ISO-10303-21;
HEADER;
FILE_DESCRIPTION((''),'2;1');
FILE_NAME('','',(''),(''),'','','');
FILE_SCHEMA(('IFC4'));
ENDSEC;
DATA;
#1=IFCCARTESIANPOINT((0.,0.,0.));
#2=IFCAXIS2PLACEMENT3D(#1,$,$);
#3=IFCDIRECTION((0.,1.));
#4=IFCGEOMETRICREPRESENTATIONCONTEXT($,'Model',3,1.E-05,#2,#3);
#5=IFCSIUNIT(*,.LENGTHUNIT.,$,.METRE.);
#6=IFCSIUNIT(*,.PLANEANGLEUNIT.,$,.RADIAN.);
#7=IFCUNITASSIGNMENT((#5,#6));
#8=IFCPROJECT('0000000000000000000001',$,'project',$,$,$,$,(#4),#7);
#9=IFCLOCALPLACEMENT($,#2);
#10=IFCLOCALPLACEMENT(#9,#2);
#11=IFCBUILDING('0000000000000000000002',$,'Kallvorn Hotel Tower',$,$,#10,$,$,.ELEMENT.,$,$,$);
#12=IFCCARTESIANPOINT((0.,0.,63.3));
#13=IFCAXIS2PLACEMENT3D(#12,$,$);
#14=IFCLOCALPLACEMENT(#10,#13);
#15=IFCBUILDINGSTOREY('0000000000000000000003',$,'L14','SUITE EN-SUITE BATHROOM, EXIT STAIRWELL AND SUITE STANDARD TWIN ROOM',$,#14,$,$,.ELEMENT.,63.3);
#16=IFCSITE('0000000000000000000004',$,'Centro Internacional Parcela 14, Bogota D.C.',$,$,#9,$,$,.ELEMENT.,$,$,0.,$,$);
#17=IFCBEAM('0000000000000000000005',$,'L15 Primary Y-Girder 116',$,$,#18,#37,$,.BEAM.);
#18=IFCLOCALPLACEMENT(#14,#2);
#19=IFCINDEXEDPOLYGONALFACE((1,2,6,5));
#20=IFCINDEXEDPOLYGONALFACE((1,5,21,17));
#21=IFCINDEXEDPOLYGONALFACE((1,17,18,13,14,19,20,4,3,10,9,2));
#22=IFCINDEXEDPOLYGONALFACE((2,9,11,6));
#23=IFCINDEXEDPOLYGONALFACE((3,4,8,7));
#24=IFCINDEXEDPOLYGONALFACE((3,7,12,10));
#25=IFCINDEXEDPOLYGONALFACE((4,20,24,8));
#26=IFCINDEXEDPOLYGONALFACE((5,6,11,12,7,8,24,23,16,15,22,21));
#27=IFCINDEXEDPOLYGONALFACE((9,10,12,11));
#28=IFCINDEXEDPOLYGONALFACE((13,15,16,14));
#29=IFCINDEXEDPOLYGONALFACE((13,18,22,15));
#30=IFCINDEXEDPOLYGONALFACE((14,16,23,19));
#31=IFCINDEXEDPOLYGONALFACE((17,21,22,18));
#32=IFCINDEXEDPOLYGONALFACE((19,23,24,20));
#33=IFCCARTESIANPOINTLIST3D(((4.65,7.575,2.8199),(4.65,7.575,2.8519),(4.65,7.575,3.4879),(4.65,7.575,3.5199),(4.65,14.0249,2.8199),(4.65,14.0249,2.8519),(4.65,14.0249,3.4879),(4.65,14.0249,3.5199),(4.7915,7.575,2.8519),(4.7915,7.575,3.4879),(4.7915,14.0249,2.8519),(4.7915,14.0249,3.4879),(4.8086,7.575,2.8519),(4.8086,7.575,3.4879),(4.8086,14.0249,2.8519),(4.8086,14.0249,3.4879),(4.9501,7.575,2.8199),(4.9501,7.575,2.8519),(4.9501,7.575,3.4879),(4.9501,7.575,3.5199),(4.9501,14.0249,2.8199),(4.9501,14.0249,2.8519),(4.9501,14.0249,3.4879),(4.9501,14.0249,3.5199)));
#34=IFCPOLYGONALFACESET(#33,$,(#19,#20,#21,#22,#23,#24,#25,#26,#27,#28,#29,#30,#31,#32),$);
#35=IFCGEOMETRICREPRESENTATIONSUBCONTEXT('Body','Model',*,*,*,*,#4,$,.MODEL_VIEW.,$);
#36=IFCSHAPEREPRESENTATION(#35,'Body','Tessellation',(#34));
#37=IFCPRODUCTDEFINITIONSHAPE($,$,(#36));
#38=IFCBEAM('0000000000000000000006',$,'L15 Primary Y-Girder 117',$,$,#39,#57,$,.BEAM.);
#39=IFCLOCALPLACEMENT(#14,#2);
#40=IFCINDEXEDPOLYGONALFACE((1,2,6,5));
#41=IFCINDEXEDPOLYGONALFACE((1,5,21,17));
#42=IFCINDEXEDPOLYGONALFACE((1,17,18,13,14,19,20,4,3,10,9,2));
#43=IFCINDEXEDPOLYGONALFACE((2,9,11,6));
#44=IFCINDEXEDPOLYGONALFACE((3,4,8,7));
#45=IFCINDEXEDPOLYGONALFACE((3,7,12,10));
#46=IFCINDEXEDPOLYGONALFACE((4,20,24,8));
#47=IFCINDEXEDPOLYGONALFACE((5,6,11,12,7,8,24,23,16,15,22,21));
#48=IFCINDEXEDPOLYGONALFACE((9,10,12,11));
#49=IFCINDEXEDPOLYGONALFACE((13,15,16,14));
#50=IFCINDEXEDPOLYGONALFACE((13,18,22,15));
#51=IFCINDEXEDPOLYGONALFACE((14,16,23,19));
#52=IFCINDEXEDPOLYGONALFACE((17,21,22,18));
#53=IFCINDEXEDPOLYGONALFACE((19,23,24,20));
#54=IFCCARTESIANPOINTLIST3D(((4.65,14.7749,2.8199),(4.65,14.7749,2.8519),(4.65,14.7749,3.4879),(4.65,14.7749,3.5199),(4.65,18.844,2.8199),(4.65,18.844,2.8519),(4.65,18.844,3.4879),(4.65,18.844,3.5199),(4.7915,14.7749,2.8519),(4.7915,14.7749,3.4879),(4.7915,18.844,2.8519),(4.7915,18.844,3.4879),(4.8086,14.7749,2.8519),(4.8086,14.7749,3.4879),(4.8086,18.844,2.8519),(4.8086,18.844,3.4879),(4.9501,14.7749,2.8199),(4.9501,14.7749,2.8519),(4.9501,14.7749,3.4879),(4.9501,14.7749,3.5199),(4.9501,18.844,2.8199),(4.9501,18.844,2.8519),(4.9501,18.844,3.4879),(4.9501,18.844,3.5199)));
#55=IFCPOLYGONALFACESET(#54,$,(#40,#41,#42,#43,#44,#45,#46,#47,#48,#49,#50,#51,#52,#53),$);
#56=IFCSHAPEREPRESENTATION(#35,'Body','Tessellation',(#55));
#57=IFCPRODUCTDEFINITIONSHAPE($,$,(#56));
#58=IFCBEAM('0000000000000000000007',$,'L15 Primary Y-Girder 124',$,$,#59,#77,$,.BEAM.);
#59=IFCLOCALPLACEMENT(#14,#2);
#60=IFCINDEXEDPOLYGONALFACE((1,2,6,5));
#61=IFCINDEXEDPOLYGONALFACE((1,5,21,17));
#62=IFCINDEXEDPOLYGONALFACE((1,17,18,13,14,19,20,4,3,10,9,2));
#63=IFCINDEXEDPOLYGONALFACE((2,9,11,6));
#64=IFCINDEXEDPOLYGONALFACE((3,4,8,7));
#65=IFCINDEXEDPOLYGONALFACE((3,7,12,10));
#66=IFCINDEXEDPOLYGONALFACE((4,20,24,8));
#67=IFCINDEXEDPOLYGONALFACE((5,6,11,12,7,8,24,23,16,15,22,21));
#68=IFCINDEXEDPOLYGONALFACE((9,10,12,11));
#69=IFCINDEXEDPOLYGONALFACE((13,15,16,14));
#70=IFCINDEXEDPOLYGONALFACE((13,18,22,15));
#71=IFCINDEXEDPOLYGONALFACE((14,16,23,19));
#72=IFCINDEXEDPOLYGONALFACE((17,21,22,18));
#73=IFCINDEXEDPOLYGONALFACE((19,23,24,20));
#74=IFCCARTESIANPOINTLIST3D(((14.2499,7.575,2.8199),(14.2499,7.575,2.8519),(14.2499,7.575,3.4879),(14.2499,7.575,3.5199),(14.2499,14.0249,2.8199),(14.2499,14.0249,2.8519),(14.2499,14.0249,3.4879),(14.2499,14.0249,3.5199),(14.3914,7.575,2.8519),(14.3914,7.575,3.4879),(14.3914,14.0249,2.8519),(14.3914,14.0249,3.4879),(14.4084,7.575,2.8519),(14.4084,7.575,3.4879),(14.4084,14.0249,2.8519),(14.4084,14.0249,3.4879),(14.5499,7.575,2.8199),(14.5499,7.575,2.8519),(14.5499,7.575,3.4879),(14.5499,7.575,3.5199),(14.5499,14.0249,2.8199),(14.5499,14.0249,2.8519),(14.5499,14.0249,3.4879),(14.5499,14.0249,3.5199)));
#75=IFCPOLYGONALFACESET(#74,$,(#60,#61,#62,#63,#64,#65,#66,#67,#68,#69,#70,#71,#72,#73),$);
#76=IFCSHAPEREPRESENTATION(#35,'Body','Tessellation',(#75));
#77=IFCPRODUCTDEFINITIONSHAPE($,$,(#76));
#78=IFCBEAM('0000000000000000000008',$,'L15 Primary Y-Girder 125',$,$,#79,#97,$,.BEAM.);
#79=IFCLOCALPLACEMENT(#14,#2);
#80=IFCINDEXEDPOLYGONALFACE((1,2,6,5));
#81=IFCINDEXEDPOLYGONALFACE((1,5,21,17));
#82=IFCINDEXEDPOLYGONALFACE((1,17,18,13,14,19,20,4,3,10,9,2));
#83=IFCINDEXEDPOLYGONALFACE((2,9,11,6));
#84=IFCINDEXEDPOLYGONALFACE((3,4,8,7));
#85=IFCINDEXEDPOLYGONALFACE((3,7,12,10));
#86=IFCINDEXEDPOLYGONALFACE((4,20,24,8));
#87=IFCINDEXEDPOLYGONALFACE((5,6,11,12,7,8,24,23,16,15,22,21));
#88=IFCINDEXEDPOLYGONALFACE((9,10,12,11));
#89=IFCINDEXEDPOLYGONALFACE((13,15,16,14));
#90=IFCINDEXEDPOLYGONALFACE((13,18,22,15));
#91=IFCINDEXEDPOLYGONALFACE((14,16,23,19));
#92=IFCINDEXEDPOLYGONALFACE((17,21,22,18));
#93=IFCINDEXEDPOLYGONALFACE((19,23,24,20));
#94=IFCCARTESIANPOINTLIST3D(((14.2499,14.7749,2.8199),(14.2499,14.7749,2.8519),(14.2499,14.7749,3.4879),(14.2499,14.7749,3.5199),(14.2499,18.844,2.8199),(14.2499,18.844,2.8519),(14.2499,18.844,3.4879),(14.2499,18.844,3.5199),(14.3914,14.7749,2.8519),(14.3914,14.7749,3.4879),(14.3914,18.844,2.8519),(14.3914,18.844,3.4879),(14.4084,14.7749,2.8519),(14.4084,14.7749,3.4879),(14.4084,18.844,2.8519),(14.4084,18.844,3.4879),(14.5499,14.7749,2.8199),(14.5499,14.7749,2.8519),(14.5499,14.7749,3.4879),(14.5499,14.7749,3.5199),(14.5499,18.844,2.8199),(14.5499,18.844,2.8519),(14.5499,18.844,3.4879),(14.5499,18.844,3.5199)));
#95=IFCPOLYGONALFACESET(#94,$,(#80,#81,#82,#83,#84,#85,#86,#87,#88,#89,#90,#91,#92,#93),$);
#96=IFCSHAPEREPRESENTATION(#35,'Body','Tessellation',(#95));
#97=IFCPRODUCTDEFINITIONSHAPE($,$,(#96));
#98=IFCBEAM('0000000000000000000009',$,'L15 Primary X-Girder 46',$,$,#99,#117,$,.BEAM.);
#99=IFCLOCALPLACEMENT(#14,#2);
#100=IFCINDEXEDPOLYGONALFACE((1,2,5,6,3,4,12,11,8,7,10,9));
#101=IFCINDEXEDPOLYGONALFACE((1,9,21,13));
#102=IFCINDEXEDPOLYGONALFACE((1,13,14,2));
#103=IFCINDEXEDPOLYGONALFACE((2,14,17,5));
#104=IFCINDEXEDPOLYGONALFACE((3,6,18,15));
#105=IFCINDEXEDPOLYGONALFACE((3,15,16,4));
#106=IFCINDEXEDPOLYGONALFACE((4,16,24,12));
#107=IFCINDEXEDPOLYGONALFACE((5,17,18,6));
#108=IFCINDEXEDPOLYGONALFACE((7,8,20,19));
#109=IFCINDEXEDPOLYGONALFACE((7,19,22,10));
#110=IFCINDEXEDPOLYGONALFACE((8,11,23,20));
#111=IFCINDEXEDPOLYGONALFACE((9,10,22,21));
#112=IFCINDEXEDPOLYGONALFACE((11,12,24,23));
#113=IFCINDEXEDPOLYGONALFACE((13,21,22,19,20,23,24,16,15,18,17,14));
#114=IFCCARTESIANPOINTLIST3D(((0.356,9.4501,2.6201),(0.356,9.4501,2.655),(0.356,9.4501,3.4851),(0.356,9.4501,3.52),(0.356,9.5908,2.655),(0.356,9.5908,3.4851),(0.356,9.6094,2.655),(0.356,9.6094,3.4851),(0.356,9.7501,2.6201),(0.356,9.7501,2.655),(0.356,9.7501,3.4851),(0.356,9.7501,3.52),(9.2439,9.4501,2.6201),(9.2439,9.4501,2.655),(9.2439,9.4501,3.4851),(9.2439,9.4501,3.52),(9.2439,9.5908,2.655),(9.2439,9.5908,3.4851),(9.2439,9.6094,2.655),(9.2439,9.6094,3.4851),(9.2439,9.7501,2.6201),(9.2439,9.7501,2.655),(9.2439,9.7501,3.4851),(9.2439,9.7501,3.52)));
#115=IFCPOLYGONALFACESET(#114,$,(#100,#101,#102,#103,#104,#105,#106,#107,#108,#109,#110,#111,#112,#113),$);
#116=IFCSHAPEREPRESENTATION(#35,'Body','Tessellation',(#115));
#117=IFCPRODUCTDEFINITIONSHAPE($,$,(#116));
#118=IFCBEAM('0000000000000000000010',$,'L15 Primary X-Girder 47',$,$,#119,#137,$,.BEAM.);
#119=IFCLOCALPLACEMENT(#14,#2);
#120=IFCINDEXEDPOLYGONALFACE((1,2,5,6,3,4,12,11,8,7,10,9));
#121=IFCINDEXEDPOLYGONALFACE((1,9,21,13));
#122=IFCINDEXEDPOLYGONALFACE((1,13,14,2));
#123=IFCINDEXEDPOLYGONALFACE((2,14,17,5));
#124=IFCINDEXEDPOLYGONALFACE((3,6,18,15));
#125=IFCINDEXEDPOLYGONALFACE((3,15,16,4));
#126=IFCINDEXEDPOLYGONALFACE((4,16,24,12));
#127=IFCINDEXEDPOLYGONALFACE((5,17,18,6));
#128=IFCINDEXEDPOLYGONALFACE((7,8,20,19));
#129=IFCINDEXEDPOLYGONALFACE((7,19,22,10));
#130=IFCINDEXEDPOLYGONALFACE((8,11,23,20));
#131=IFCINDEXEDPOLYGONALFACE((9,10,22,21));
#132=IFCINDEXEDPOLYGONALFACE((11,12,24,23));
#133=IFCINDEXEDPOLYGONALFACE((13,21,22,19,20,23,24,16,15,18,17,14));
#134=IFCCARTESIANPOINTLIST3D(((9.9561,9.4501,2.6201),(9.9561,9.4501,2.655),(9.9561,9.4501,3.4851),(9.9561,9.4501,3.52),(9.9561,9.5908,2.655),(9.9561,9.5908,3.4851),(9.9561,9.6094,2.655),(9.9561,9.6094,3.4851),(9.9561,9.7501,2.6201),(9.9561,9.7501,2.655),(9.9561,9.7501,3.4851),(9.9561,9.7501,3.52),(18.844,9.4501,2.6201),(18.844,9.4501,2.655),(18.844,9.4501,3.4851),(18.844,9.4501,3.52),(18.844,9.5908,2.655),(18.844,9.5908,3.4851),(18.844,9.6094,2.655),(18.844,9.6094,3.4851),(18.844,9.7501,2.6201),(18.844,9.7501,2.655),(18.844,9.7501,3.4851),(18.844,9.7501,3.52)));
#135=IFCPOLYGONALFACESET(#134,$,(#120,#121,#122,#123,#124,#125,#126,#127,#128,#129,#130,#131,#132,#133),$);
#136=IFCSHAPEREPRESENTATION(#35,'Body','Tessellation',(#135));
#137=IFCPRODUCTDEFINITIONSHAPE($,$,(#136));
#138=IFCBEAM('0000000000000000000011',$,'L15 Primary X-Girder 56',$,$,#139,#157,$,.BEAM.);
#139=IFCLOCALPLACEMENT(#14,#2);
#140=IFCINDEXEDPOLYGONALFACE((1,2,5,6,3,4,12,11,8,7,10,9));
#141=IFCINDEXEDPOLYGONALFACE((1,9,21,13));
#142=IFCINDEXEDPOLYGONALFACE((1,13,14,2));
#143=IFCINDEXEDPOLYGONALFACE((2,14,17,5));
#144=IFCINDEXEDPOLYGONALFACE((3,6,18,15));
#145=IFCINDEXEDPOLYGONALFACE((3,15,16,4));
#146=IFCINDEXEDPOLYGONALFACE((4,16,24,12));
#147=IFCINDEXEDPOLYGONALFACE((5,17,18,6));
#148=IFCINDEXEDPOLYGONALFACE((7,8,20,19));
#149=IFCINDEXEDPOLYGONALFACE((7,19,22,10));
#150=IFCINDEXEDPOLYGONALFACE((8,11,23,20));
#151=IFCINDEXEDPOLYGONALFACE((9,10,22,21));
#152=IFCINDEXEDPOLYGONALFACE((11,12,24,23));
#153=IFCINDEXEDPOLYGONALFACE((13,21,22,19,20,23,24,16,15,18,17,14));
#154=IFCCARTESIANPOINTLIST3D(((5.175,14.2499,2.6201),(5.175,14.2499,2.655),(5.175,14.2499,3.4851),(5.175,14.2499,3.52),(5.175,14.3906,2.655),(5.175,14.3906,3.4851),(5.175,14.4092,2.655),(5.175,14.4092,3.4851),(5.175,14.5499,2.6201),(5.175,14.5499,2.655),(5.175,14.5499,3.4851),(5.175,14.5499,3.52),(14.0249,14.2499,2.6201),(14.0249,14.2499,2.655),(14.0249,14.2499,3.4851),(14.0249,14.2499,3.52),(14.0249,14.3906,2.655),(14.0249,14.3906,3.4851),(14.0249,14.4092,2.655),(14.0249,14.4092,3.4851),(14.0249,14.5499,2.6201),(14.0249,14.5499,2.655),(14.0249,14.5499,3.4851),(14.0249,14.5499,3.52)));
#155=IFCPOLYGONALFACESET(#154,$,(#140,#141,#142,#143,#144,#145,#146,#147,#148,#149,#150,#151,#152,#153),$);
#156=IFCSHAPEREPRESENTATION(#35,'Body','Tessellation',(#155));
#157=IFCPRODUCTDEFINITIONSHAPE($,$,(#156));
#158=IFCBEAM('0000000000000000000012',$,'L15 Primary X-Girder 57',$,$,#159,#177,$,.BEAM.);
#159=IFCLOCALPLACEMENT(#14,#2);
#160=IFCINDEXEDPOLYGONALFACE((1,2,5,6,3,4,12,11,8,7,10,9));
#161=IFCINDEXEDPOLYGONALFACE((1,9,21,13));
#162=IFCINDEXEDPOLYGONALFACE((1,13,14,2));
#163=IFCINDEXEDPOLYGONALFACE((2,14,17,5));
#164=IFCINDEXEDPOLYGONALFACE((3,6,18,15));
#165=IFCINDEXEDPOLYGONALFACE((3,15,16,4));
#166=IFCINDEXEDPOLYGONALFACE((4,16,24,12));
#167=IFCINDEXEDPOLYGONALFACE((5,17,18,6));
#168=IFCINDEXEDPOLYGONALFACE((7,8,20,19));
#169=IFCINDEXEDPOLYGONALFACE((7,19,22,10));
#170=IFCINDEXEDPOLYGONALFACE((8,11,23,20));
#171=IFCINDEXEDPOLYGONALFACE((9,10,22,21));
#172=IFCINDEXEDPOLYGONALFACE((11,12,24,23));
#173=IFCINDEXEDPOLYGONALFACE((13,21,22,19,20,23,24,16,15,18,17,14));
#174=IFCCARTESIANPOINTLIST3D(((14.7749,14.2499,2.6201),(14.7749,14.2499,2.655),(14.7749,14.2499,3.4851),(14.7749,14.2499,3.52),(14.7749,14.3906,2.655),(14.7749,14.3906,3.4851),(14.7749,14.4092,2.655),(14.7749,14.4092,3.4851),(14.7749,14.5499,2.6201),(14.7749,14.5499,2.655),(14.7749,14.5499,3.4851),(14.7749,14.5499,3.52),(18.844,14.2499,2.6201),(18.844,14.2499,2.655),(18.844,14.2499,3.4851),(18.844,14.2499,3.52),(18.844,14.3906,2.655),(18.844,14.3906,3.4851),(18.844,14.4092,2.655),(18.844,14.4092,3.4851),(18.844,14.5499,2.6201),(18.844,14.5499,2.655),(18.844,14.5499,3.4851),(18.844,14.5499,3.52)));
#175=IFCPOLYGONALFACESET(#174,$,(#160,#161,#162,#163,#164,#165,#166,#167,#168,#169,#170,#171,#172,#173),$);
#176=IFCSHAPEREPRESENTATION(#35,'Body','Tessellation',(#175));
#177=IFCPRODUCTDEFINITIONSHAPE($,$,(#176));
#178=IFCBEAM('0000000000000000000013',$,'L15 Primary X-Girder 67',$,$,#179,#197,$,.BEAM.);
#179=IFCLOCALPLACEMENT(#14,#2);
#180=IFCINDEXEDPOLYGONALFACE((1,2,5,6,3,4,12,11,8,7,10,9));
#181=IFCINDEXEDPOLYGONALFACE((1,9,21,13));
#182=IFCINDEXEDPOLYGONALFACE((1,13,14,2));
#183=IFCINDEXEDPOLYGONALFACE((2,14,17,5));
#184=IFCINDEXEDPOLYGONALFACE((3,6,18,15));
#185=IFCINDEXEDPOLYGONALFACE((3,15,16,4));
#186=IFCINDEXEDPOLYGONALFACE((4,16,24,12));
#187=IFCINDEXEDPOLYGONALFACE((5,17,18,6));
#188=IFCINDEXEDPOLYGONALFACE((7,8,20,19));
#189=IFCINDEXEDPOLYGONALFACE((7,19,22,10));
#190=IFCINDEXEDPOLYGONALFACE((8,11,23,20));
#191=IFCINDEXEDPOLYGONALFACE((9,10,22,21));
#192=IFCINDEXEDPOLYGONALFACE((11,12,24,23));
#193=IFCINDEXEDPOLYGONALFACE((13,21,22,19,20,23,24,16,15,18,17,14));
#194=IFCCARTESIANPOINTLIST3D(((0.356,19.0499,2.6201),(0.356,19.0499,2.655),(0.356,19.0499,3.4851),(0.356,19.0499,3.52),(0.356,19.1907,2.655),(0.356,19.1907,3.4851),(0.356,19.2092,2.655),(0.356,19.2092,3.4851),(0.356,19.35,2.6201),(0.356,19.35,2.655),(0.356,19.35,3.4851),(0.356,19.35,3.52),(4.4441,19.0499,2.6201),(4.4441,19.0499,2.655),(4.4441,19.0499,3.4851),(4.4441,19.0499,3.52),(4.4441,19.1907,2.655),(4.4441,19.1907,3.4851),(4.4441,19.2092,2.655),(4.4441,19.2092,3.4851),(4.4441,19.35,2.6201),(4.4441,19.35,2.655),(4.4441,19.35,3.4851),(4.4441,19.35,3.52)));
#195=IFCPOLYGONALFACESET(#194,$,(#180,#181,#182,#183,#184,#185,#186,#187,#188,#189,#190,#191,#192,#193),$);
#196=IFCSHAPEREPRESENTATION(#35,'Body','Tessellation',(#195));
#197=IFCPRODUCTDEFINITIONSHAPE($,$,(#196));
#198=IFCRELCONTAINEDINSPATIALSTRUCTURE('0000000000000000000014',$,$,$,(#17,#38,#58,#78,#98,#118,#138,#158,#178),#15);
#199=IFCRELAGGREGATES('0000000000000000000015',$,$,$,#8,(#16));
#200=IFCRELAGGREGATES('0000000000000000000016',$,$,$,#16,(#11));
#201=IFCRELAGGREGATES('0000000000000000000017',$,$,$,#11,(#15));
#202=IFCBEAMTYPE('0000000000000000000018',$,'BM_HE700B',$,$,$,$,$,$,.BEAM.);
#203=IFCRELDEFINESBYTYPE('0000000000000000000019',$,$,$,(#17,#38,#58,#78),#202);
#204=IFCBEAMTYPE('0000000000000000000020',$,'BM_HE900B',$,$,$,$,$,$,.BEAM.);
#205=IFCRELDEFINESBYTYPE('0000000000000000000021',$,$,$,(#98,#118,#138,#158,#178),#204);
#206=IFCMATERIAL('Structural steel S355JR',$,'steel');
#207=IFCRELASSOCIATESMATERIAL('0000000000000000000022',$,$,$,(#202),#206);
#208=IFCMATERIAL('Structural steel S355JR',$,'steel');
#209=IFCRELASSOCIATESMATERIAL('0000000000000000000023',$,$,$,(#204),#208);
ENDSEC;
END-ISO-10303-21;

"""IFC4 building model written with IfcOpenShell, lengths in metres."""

from ifc_helpers import new_model, si_unit, direction, frame, origin, origin_2d, place, context, subcontext, project, spatial, i_section, extrude, material, material_profile, profile_set, type_object, element, save


model = new_model("IFC4")

# Units and contexts
model_context = context("Model", 3, precision=1e-05, world=origin(), true_north=direction((0.0, 1.0)))
body_context = subcontext(model_context, "Body", "Model", "MODEL_VIEW")
ifc_project = project(units=[si_unit("LENGTHUNIT", "METRE"), si_unit("PLANEANGLEUNIT", "RADIAN")], contexts=[model_context])

# Site, building, storey
site_placement = place(None, origin())
site = spatial("IfcSite", under=ifc_project, at=site_placement, Name="Centro Internacional Parcela 14, Bogota D.C.", CompositionType="ELEMENT", RefElevation=0.0)
building_placement = place(site_placement, origin())
building = spatial("IfcBuilding", under=site, at=building_placement, Name="Kallvorn Hotel Tower", CompositionType="ELEMENT")
storey_placement = place(building_placement, frame((0.0, 0.0, 63.3)))
storey = spatial("IfcBuildingStorey", under=building, at=storey_placement, Name="L14", Description="SUITE EN-SUITE BATHROOM, EXIT STAIRWELL AND SUITE STANDARD TWIN ROOM", CompositionType="ELEMENT", Elevation=63.3)

# Beams
ifc_material_1 = material(Name="Structural steel S355JR", Category="steel")
ifc_material_profile_1 = material_profile(ifc_material_1, i_section(OverallWidth=0.3, OverallDepth=0.7, WebThickness=0.0171, FlangeThickness=0.032, at=origin_2d()), Name="HE 700 B")
ifc_profile_set_1 = profile_set([ifc_material_profile_1], Name="Structural steel S355JR")
beam_type_1 = type_object("IfcBeamType", Name="BM_HE700B", PredefinedType="BEAM", material=ifc_profile_set_1)
beam_1_placement = place(storey_placement, frame((4.8, 7.575, 3.1699), z_axis=(0.0, 1.0, 0.0), x_axis=(-1.0, 0.0, 0.0)))
element("IfcBeam", 1, at=beam_1_placement, inside=storey, type_object=beam_type_1, Name="L15 Primary Y-Girder 116", PredefinedType="BEAM", context=body_context, shape_type="SweptSolid", body=[
    extrude(i_section(OverallWidth=0.3, OverallDepth=0.7, WebThickness=0.0171, FlangeThickness=0.032, at=origin_2d()), origin(), (0.0, 0.0, 1.0), 6.45),
])
beam_2_placement = place(storey_placement, frame((4.8, 14.7749, 3.1699), z_axis=(0.0, 1.0, 0.0), x_axis=(-1.0, 0.0, 0.0)))
element("IfcBeam", 2, at=beam_2_placement, inside=storey, type_object=beam_type_1, Name="L15 Primary Y-Girder 117", PredefinedType="BEAM", context=body_context, shape_type="SweptSolid", body=[
    extrude(i_section(OverallWidth=0.3, OverallDepth=0.7, WebThickness=0.0171, FlangeThickness=0.032, at=origin_2d()), origin(), (0.0, 0.0, 1.0), 4.0691),
])
beam_3_placement = place(storey_placement, frame((14.3999, 7.575, 3.1699), z_axis=(0.0, 1.0, 0.0), x_axis=(-1.0, 0.0, 0.0)))
element("IfcBeam", 3, at=beam_3_placement, inside=storey, type_object=beam_type_1, Name="L15 Primary Y-Girder 124", PredefinedType="BEAM", context=body_context, shape_type="SweptSolid", body=[
    extrude(i_section(OverallWidth=0.3, OverallDepth=0.7, WebThickness=0.0171, FlangeThickness=0.032, at=origin_2d()), origin(), (0.0, 0.0, 1.0), 6.45),
])
beam_4_placement = place(storey_placement, frame((14.3999, 14.7749, 3.1699), z_axis=(0.0, 1.0, 0.0), x_axis=(-1.0, 0.0, 0.0)))
element("IfcBeam", 4, at=beam_4_placement, inside=storey, type_object=beam_type_1, Name="L15 Primary Y-Girder 125", PredefinedType="BEAM", context=body_context, shape_type="SweptSolid", body=[
    extrude(i_section(OverallWidth=0.3, OverallDepth=0.7, WebThickness=0.0171, FlangeThickness=0.032, at=origin_2d()), origin(), (0.0, 0.0, 1.0), 4.0691),
])
ifc_material_2 = material(Name="Structural steel S355JR", Category="steel")
ifc_material_profile_2 = material_profile(ifc_material_2, i_section(OverallWidth=0.3, OverallDepth=0.8999, WebThickness=0.0186, FlangeThickness=0.0349, at=origin_2d()), Name="HE 900 B")
ifc_profile_set_2 = profile_set([ifc_material_profile_2], Name="Structural steel S355JR")
beam_type_2 = type_object("IfcBeamType", Name="BM_HE900B", PredefinedType="BEAM", material=ifc_profile_set_2)
for number, where, z_axis, x_axis, name in (
    (5, (0.356, 9.6001, 3.0701), (1.0, 0.0, 0.0), (0.0, 1.0, 0.0), "L15 Primary X-Girder 46"),
    (6, (9.9561, 9.6001, 3.0701), (1.0, 0.0, 0.0), (0.0, 1.0, 0.0), "L15 Primary X-Girder 47"),
):
    element("IfcBeam", number, at=place(storey_placement, frame(where, z_axis=z_axis, x_axis=x_axis)), inside=storey, type_object=beam_type_2, Name=name, PredefinedType="BEAM", context=body_context, shape_type="SweptSolid", body=[
        extrude(i_section(OverallWidth=0.3, OverallDepth=0.8999, WebThickness=0.0186, FlangeThickness=0.0349, at=origin_2d()), origin(), (0.0, 0.0, 1.0), 8.8879),
    ])
beam_5_placement = place(storey_placement, frame((5.175, 14.3999, 3.0701), z_axis=(1.0, 0.0, 0.0), x_axis=(0.0, 1.0, 0.0)))
element("IfcBeam", 7, at=beam_5_placement, inside=storey, type_object=beam_type_2, Name="L15 Primary X-Girder 56", PredefinedType="BEAM", context=body_context, shape_type="SweptSolid", body=[
    extrude(i_section(OverallWidth=0.3, OverallDepth=0.8999, WebThickness=0.0186, FlangeThickness=0.0349, at=origin_2d()), origin(), (0.0, 0.0, 1.0), 8.8499),
])
beam_6_placement = place(storey_placement, frame((14.7749, 14.3999, 3.0701), z_axis=(1.0, 0.0, 0.0), x_axis=(0.0, 1.0, 0.0)))
element("IfcBeam", 8, at=beam_6_placement, inside=storey, type_object=beam_type_2, Name="L15 Primary X-Girder 57", PredefinedType="BEAM", context=body_context, shape_type="SweptSolid", body=[
    extrude(i_section(OverallWidth=0.3, OverallDepth=0.8999, WebThickness=0.0186, FlangeThickness=0.0349, at=origin_2d()), origin(), (0.0, 0.0, 1.0), 4.0691),
])
beam_7_placement = place(storey_placement, frame((0.356, 19.2, 3.0701), z_axis=(1.0, 0.0, 0.0), x_axis=(0.0, 1.0, 0.0)))
element("IfcBeam", 9, at=beam_7_placement, inside=storey, type_object=beam_type_2, Name="L15 Primary X-Girder 67", PredefinedType="BEAM", context=body_context, shape_type="SweptSolid", body=[
    extrude(i_section(OverallWidth=0.3, OverallDepth=0.8999, WebThickness=0.0186, FlangeThickness=0.0349, at=origin_2d()), origin(), (0.0, 0.0, 1.0), 4.0881),
])

save(model, "model.ifc")
